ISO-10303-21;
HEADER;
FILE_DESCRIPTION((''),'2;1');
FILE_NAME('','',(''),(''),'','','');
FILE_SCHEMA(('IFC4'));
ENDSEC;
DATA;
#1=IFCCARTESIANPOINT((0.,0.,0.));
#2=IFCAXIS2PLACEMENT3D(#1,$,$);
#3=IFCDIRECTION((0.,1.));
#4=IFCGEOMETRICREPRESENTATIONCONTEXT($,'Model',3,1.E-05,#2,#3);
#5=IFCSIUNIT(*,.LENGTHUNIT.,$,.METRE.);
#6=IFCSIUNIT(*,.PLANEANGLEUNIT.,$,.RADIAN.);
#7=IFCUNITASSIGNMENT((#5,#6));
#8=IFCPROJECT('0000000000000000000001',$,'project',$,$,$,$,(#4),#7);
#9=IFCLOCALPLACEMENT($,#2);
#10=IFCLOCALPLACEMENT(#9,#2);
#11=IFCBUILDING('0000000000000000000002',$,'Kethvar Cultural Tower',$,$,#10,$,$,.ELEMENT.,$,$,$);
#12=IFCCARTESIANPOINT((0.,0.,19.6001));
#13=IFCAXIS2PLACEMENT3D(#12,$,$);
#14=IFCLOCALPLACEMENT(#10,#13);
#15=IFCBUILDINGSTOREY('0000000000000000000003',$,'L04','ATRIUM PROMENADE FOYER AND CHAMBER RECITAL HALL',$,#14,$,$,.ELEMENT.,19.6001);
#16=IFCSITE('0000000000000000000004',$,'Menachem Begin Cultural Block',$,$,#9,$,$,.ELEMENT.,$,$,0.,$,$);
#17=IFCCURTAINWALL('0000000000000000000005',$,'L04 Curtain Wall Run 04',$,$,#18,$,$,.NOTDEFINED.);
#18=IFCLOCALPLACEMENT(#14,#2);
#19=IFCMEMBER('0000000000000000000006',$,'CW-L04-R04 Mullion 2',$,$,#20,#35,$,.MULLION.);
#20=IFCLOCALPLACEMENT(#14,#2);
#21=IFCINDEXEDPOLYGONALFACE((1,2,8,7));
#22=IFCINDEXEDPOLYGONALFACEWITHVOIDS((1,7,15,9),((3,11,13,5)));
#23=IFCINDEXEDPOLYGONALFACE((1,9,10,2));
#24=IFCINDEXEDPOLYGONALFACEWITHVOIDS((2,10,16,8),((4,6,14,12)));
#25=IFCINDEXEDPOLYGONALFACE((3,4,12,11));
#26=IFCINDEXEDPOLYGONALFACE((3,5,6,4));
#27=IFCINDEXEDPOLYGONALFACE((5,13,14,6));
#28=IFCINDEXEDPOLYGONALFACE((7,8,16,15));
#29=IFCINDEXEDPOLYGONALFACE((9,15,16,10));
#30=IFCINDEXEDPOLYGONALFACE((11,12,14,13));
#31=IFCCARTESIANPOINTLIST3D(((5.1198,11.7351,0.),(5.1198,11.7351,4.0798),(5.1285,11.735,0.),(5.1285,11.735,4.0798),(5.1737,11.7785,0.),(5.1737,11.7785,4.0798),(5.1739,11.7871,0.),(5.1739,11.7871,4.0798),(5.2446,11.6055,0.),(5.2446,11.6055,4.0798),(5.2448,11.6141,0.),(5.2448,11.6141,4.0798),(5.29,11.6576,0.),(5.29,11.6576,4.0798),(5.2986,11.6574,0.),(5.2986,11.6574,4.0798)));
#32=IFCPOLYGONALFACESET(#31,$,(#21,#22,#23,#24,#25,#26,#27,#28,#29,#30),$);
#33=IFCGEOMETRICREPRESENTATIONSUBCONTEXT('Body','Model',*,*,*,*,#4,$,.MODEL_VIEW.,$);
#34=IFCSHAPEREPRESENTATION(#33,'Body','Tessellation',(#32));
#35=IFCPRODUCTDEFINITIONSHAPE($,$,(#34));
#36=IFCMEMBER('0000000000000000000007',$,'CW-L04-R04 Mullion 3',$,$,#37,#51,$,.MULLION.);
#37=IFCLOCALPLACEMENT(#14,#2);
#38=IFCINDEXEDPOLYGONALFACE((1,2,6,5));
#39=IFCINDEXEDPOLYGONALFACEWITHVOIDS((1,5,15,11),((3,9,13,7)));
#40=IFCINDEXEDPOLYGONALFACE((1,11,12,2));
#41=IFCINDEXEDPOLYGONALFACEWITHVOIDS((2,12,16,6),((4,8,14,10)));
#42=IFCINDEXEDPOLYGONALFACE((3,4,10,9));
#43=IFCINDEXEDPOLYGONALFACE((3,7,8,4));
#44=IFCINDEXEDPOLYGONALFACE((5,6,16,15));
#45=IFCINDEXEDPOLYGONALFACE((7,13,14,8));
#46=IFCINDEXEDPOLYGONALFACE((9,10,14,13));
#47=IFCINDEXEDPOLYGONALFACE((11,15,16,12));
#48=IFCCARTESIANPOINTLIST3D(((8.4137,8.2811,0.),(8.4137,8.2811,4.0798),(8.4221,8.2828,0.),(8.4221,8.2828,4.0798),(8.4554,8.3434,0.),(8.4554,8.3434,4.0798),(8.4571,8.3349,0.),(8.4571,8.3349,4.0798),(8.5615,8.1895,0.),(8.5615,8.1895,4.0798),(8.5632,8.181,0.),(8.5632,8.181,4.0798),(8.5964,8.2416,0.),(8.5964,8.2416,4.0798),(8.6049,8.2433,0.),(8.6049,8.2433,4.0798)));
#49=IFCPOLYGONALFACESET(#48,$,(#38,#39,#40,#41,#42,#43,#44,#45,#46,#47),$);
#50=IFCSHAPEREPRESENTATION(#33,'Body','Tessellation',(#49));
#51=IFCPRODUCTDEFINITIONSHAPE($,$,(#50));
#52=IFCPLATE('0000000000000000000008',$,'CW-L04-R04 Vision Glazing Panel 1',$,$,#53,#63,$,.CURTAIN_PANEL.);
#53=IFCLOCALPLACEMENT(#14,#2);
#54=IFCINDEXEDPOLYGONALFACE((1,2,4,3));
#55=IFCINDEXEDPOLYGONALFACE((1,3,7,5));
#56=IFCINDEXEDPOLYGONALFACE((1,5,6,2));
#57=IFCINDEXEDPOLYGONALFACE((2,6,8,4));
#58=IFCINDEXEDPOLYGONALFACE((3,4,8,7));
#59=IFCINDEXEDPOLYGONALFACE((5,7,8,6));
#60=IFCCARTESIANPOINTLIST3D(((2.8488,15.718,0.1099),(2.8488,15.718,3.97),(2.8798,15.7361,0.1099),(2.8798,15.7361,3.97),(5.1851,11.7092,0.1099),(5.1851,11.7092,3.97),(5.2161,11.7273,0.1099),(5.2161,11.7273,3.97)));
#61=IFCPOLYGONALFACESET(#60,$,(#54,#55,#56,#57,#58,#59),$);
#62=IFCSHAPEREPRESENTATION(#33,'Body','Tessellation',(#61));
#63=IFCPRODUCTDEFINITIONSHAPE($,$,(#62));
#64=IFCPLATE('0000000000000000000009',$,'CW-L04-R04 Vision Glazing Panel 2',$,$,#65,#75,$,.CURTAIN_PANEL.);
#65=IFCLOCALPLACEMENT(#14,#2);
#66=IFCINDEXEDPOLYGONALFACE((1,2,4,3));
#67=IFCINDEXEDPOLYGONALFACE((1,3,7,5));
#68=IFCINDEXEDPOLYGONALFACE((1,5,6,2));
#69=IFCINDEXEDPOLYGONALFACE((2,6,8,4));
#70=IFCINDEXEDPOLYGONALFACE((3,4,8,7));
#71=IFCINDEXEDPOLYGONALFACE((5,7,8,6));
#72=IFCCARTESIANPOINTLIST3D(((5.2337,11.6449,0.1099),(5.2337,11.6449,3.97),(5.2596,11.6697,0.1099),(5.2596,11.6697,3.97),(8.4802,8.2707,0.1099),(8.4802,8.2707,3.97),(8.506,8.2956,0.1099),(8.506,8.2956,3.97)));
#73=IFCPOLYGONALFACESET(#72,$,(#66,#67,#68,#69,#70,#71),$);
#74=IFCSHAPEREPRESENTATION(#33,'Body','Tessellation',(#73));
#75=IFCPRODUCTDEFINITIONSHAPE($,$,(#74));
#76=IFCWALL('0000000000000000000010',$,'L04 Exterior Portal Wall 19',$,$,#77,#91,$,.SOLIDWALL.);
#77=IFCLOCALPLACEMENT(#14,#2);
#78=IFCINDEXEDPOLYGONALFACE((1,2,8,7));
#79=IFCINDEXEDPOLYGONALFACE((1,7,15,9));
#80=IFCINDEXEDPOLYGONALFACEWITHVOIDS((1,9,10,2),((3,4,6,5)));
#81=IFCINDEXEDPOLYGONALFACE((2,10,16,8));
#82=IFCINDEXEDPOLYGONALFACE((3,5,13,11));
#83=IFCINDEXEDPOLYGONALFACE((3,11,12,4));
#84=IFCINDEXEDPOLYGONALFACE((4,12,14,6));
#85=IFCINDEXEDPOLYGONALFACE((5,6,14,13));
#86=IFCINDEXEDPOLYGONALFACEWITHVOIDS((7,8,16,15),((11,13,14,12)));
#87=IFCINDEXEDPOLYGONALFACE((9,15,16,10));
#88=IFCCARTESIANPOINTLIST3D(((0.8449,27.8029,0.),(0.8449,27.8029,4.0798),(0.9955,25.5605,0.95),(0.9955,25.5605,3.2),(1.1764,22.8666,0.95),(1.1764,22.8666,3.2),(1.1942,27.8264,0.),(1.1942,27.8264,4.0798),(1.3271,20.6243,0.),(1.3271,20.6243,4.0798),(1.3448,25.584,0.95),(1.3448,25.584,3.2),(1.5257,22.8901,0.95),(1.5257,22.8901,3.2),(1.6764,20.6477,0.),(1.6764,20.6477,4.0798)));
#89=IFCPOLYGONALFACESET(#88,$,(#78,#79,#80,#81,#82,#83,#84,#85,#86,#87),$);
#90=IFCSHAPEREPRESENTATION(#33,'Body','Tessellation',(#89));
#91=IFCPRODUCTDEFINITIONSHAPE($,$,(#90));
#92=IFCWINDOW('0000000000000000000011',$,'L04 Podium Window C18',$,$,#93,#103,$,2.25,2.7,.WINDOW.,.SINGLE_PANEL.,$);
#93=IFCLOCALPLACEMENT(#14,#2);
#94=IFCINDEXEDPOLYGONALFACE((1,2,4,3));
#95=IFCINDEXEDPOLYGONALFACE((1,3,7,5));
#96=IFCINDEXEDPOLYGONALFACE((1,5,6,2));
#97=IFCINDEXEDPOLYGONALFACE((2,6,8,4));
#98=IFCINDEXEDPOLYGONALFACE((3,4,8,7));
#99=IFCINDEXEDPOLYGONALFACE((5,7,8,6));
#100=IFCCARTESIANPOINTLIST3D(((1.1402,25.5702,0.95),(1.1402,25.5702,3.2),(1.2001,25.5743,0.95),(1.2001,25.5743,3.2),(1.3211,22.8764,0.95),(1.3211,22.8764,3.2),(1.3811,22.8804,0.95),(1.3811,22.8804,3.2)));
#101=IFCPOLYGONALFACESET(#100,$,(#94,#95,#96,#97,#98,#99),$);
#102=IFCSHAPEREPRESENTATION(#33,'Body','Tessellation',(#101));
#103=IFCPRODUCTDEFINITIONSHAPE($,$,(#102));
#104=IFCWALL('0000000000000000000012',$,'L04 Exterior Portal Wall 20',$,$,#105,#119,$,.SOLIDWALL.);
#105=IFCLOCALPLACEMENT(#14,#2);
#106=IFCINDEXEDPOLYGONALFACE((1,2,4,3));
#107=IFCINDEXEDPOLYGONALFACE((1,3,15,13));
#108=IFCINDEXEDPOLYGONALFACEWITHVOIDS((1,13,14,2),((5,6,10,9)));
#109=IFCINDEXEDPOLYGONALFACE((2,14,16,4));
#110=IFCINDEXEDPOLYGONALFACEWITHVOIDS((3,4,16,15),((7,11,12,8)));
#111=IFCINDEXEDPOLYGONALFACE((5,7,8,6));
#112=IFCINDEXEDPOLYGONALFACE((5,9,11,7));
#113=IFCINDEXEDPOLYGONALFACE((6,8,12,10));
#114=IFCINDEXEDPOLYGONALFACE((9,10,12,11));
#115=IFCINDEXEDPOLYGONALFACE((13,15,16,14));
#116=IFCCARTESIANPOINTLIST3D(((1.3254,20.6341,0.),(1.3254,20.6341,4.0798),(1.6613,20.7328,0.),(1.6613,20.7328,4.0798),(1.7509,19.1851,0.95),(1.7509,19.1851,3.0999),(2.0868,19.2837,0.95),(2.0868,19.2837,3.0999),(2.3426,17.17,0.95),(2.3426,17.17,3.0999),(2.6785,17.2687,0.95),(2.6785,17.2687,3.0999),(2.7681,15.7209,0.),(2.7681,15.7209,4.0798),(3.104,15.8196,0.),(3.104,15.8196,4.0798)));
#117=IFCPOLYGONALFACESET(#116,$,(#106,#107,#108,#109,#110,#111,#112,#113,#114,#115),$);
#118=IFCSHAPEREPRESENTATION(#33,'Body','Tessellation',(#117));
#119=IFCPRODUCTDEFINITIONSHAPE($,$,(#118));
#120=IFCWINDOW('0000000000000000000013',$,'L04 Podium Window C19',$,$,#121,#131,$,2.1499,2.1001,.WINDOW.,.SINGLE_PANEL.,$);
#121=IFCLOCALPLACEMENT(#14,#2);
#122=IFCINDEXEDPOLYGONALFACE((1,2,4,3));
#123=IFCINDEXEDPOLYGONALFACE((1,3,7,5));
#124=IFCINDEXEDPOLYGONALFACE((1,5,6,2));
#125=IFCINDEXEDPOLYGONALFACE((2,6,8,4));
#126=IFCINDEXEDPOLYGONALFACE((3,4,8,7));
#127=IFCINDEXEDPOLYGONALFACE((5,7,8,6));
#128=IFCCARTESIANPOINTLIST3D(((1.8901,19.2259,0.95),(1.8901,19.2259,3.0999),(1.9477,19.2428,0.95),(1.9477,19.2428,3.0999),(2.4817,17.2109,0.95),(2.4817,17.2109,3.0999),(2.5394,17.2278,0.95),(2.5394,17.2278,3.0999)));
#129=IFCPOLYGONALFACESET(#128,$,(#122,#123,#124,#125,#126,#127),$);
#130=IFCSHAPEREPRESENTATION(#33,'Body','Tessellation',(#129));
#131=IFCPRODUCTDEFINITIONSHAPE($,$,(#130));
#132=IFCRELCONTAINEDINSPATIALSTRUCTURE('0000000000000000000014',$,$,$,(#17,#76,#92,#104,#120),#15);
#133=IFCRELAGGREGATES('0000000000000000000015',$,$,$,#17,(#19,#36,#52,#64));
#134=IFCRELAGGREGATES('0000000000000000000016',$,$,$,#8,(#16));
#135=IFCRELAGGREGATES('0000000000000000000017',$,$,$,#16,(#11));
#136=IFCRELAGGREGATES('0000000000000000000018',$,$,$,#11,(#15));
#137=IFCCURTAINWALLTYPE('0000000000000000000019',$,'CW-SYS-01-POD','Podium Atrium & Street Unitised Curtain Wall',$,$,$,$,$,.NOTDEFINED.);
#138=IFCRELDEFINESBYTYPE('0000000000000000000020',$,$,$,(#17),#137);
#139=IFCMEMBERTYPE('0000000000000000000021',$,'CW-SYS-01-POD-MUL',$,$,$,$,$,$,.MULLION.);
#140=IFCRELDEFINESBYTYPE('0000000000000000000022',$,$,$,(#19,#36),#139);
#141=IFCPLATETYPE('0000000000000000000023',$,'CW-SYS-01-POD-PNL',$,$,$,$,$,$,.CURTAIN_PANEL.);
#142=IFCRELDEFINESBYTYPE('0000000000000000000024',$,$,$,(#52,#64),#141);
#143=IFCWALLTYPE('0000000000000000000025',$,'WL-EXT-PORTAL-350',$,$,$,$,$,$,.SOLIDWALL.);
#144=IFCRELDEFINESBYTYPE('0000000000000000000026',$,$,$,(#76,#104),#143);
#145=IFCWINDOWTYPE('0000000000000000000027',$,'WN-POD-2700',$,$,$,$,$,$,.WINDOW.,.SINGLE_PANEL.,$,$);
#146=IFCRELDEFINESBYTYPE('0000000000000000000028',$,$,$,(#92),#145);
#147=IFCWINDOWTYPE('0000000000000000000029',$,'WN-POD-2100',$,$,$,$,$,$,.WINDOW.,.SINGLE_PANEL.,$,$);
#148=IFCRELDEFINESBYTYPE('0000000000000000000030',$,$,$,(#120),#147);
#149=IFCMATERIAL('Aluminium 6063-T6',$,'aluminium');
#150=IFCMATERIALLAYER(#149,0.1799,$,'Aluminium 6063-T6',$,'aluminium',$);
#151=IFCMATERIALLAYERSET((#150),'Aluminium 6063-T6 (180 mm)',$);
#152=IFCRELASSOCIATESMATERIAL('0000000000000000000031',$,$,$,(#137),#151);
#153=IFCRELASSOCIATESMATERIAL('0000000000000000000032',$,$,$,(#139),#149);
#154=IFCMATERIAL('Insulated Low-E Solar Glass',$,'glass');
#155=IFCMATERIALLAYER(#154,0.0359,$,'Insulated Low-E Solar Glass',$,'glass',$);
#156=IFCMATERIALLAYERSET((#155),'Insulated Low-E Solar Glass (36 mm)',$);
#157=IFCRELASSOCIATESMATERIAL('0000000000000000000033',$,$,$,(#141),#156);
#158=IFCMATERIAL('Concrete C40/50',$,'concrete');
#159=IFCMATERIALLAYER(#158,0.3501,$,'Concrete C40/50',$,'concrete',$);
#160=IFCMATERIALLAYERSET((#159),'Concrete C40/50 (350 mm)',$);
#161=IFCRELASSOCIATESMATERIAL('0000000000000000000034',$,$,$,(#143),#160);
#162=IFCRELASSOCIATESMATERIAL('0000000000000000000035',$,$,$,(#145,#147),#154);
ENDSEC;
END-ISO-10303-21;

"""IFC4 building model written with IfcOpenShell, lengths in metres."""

from ifc_helpers import new_model, si_unit, direction, frame, frame_2d, origin, origin_2d, place, context, subcontext, project, spatial, rectangle, hollow_rectangle, extrude, source, transform, mapped, material, layer, layer_set, material_profile, profile_set, type_object, element, fill, aggregate, save


model = new_model("IFC4")

# Units and contexts
model_context = context("Model", 3, precision=1e-05, world=origin(), true_north=direction((0.0, 1.0)))
body_context = subcontext(model_context, "Body", "Model", "MODEL_VIEW")
ifc_project = project(units=[si_unit("LENGTHUNIT", "METRE"), si_unit("PLANEANGLEUNIT", "RADIAN")], contexts=[model_context])

# Site, building, storey
site_placement = place(None, origin())
site = spatial("IfcSite", under=ifc_project, at=site_placement, Name="Menachem Begin Cultural Block", CompositionType="ELEMENT", RefElevation=0.0)
building_placement = place(site_placement, origin())
building = spatial("IfcBuilding", under=site, at=building_placement, Name="Kethvar Cultural Tower", CompositionType="ELEMENT")
storey_placement = place(building_placement, frame((0.0, 0.0, 19.6001)))
storey = spatial("IfcBuildingStorey", under=building, at=storey_placement, Name="L04", Description="ATRIUM PROMENADE FOYER AND CHAMBER RECITAL HALL", CompositionType="ELEMENT", Elevation=19.6001)

# Curtain wall, members, plates
ifc_material_1 = material(Name="Aluminium 6063-T6", Category="aluminium")
ifc_layer_1 = layer(ifc_material_1, 0.1799, Name="Aluminium 6063-T6", Category="aluminium")
ifc_layer_set_1 = layer_set([ifc_layer_1], Name="Aluminium 6063-T6 (180 mm)")
curtain_wall_type = type_object("IfcCurtainWallType", Name="CW-SYS-01-POD", Description="Podium Atrium & Street Unitised Curtain Wall", PredefinedType="NOTDEFINED", material=ifc_layer_set_1)
curtain_wall_placement = place(storey_placement, origin())
curtain_wall = element("IfcCurtainWall", 1, at=curtain_wall_placement, inside=storey, type_object=curtain_wall_type, Name="L04 Curtain Wall Run 04", PredefinedType="NOTDEFINED")
ifc_material_profile_1 = material_profile(ifc_material_1, hollow_rectangle(XDim=0.075, YDim=0.1799, WallThickness=0.0061, at=origin_2d()), Name="Aluminium 6063-T6 — RHS180x75x6")
ifc_profile_set_1 = profile_set([ifc_material_profile_1], Name="Aluminium 6063-T6 — RHS180x75x6")
member_type_1 = type_object("IfcMemberType", Name="CW-SYS-01-POD-MUL", PredefinedType="MULLION", material=ifc_profile_set_1)
shared_shape_1 = source(origin(), body_context, "Body", "SweptSolid", [
    extrude(hollow_rectangle(XDim=0.075, YDim=0.1799, WallThickness=0.0061, at=origin_2d()), origin(), (0.0, 0.0, 1.0), 4.0798),
])
member_1_placement = place(storey_placement, frame((5.2092, 11.6963, 0.0), z_axis=(0.0, 0.0, 1.0), x_axis=(0.720612, 0.693339, 0.0)))
member_1 = element("IfcMember", 2, at=member_1_placement, type_object=member_type_1, Name="CW-L04-R04 Mullion 2", PredefinedType="MULLION", context=body_context, shape_type="MappedRepresentation", body=[
    mapped(shared_shape_1, transform((0.0, 0.0, 0.0), scale=1.0)),
])
member_2_placement = place(storey_placement, frame((8.5093, 8.2622, 0.0), z_axis=(0.0, 0.0, 1.0), x_axis=(0.556557, 0.83081, 0.0)))
member_2 = element("IfcMember", 3, at=member_2_placement, type_object=member_type_1, Name="CW-L04-R04 Mullion 3", PredefinedType="MULLION", context=body_context, shape_type="MappedRepresentation", body=[
    mapped(shared_shape_1, transform((0.0, 0.0, 0.0), scale=1.0)),
])
ifc_material_2 = material(Name="Insulated Low-E Solar Glass", Category="glass")
ifc_layer_2 = layer(ifc_material_2, 0.0359, Name="Insulated Low-E Solar Glass", Category="glass")
ifc_layer_set_2 = layer_set([ifc_layer_2], Name="Insulated Low-E Solar Glass (36 mm)")
plate_type = type_object("IfcPlateType", Name="CW-SYS-01-POD-PNL", PredefinedType="CURTAIN_PANEL", material=ifc_layer_set_2)
shared_shape_2 = source(origin(), body_context, "Body", "SweptSolid", [
    extrude(rectangle(XDim=4.6399, YDim=0.0359, at=origin_2d()), origin(), (0.0, 0.0, 1.0), 3.8601),
])
plate_1_placement = place(storey_placement, frame((4.0325, 13.7227, 0.1099), z_axis=(0.0, 0.0, 1.0), x_axis=(0.503518, -0.863985, 0.0)))
plate_1 = element("IfcPlate", 4, at=plate_1_placement, type_object=plate_type, Name="CW-L04-R04 Vision Glazing Panel 1", PredefinedType="CURTAIN_PANEL", context=body_context, shape_type="MappedRepresentation", body=[
    mapped(shared_shape_2, transform((0.0, 0.0, 0.0), scale=1.0)),
])
shared_shape_3 = source(origin(), body_context, "Body", "SweptSolid", [
    extrude(rectangle(XDim=4.6824, YDim=0.0359, at=origin_2d()), origin(), (0.0, 0.0, 1.0), 3.8601),
])
plate_2_placement = place(storey_placement, frame((6.8699, 9.9702, 0.1099), z_axis=(0.0, 0.0, 1.0), x_axis=(0.693339, -0.720612, 0.0)))
plate_2 = element("IfcPlate", 5, at=plate_2_placement, type_object=plate_type, Name="CW-L04-R04 Vision Glazing Panel 2", PredefinedType="CURTAIN_PANEL", context=body_context, shape_type="MappedRepresentation", body=[
    mapped(shared_shape_3, transform((0.0, 0.0, 0.0), scale=1.0)),
])
aggregate(curtain_wall, [member_1, member_2, plate_1, plate_2])

# Walls, openings, windows
ifc_material_3 = material(Name="Concrete C40/50", Category="concrete")
ifc_layer_3 = layer(ifc_material_3, 0.3501, Name="Concrete C40/50", Category="concrete")
ifc_layer_set_3 = layer_set([ifc_layer_3], Name="Concrete C40/50 (350 mm)")
wall_type = type_object("IfcWallType", Name="WL-EXT-PORTAL-350", PredefinedType="SOLIDWALL", material=ifc_layer_set_3)
wall_1_placement = place(storey_placement, frame((1.5017, 20.636, 0.0), z_axis=(0.0, 0.0, 1.0), x_axis=(-0.067017, 0.997752, 0.0)))
wall_1 = element("IfcWall", 6, at=wall_1_placement, inside=storey, type_object=wall_type, Name="L04 Exterior Portal Wall 19", PredefinedType="SOLIDWALL", context=body_context, shape_type="SweptSolid", body=[
    extrude(rectangle(XDim=7.1948, YDim=0.3501, at=frame_2d((3.5974, 0.0))), origin(), (0.0, 0.0, 1.0), 4.0798),
])
opening_1_placement = place(wall_1_placement, frame((2.2473, 0.0, 0.95)))
opening_1 = element("IfcOpeningElement", 7, at=opening_1_placement, cuts=wall_1, PredefinedType="OPENING", context=body_context, shape_type="SweptSolid", body=[
    extrude(rectangle(XDim=2.7, YDim=2.25, at=frame_2d((1.3501, 1.125))), frame((0.0, 0.1851, 0.0), z_axis=(0.0, -1.0, 0.0), x_axis=(1.0, 0.0, 0.0)), (0.0, 0.0, 1.0), 0.3701),
])
window_type_1 = type_object("IfcWindowType", Name="WN-POD-2700", PartitioningType="SINGLE_PANEL", PredefinedType="WINDOW", material=ifc_material_2)
shared_shape_4 = source(origin(), body_context, "Body", "SweptSolid", [
    extrude(rectangle(XDim=2.7, YDim=2.25, at=frame_2d((1.3501, 1.125))), frame((0.0, 0.03, 0.0), z_axis=(0.0, -1.0, 0.0), x_axis=(1.0, 0.0, 0.0)), (0.0, 0.0, 1.0), 0.0601),
])
window_1_placement = place(opening_1_placement, origin())
window_1 = element("IfcWindow", 8, at=window_1_placement, inside=storey, type_object=window_type_1, Name="L04 Podium Window C18", OverallHeight=2.25, OverallWidth=2.7, PartitioningType="SINGLE_PANEL", PredefinedType="WINDOW", context=body_context, shape_type="MappedRepresentation", body=[
    mapped(shared_shape_4, transform((0.0, 0.0, 0.0), scale=1.0)),
])
fill(opening_1, window_1)
wall_2_placement = place(storey_placement, frame((2.936, 15.7703, 0.0), z_axis=(0.0, 0.0, 1.0), x_axis=(-0.281735, 0.959492, 0.0)))
wall_2 = element("IfcWall", 9, at=wall_2_placement, inside=storey, type_object=wall_type, Name="L04 Exterior Portal Wall 20", PredefinedType="SOLIDWALL", context=body_context, shape_type="SweptSolid", body=[
    extrude(rectangle(XDim=5.1206, YDim=0.3501, at=frame_2d((2.5603, 0.0))), origin(), (0.0, 0.0, 1.0), 4.0798),
])
opening_2_placement = place(wall_2_placement, frame((1.5103, 0.0, 0.95)))
opening_2 = element("IfcOpeningElement", 10, at=opening_2_placement, cuts=wall_2, PredefinedType="OPENING", context=body_context, shape_type="SweptSolid", body=[
    extrude(rectangle(XDim=2.1001, YDim=2.1499, at=frame_2d((1.05, 1.075))), frame((0.0, 0.1851, 0.0), z_axis=(0.0, -1.0, 0.0), x_axis=(1.0, 0.0, 0.0)), (0.0, 0.0, 1.0), 0.3701),
])
window_type_2 = type_object("IfcWindowType", Name="WN-POD-2100", PartitioningType="SINGLE_PANEL", PredefinedType="WINDOW", material=ifc_material_2)
shared_shape_5 = source(origin(), body_context, "Body", "SweptSolid", [
    extrude(rectangle(XDim=2.1001, YDim=2.1499, at=frame_2d((1.05, 1.075))), frame((0.0, 0.03, 0.0), z_axis=(0.0, -1.0, 0.0), x_axis=(1.0, 0.0, 0.0)), (0.0, 0.0, 1.0), 0.0601),
])
window_2_placement = place(opening_2_placement, origin())
window_2 = element("IfcWindow", 11, at=window_2_placement, inside=storey, type_object=window_type_2, Name="L04 Podium Window C19", OverallHeight=2.1499, OverallWidth=2.1001, PartitioningType="SINGLE_PANEL", PredefinedType="WINDOW", context=body_context, shape_type="MappedRepresentation", body=[
    mapped(shared_shape_5, transform((0.0, 0.0, 0.0), scale=1.0)),
])
fill(opening_2, window_2)

save(model, "model.ifc")
